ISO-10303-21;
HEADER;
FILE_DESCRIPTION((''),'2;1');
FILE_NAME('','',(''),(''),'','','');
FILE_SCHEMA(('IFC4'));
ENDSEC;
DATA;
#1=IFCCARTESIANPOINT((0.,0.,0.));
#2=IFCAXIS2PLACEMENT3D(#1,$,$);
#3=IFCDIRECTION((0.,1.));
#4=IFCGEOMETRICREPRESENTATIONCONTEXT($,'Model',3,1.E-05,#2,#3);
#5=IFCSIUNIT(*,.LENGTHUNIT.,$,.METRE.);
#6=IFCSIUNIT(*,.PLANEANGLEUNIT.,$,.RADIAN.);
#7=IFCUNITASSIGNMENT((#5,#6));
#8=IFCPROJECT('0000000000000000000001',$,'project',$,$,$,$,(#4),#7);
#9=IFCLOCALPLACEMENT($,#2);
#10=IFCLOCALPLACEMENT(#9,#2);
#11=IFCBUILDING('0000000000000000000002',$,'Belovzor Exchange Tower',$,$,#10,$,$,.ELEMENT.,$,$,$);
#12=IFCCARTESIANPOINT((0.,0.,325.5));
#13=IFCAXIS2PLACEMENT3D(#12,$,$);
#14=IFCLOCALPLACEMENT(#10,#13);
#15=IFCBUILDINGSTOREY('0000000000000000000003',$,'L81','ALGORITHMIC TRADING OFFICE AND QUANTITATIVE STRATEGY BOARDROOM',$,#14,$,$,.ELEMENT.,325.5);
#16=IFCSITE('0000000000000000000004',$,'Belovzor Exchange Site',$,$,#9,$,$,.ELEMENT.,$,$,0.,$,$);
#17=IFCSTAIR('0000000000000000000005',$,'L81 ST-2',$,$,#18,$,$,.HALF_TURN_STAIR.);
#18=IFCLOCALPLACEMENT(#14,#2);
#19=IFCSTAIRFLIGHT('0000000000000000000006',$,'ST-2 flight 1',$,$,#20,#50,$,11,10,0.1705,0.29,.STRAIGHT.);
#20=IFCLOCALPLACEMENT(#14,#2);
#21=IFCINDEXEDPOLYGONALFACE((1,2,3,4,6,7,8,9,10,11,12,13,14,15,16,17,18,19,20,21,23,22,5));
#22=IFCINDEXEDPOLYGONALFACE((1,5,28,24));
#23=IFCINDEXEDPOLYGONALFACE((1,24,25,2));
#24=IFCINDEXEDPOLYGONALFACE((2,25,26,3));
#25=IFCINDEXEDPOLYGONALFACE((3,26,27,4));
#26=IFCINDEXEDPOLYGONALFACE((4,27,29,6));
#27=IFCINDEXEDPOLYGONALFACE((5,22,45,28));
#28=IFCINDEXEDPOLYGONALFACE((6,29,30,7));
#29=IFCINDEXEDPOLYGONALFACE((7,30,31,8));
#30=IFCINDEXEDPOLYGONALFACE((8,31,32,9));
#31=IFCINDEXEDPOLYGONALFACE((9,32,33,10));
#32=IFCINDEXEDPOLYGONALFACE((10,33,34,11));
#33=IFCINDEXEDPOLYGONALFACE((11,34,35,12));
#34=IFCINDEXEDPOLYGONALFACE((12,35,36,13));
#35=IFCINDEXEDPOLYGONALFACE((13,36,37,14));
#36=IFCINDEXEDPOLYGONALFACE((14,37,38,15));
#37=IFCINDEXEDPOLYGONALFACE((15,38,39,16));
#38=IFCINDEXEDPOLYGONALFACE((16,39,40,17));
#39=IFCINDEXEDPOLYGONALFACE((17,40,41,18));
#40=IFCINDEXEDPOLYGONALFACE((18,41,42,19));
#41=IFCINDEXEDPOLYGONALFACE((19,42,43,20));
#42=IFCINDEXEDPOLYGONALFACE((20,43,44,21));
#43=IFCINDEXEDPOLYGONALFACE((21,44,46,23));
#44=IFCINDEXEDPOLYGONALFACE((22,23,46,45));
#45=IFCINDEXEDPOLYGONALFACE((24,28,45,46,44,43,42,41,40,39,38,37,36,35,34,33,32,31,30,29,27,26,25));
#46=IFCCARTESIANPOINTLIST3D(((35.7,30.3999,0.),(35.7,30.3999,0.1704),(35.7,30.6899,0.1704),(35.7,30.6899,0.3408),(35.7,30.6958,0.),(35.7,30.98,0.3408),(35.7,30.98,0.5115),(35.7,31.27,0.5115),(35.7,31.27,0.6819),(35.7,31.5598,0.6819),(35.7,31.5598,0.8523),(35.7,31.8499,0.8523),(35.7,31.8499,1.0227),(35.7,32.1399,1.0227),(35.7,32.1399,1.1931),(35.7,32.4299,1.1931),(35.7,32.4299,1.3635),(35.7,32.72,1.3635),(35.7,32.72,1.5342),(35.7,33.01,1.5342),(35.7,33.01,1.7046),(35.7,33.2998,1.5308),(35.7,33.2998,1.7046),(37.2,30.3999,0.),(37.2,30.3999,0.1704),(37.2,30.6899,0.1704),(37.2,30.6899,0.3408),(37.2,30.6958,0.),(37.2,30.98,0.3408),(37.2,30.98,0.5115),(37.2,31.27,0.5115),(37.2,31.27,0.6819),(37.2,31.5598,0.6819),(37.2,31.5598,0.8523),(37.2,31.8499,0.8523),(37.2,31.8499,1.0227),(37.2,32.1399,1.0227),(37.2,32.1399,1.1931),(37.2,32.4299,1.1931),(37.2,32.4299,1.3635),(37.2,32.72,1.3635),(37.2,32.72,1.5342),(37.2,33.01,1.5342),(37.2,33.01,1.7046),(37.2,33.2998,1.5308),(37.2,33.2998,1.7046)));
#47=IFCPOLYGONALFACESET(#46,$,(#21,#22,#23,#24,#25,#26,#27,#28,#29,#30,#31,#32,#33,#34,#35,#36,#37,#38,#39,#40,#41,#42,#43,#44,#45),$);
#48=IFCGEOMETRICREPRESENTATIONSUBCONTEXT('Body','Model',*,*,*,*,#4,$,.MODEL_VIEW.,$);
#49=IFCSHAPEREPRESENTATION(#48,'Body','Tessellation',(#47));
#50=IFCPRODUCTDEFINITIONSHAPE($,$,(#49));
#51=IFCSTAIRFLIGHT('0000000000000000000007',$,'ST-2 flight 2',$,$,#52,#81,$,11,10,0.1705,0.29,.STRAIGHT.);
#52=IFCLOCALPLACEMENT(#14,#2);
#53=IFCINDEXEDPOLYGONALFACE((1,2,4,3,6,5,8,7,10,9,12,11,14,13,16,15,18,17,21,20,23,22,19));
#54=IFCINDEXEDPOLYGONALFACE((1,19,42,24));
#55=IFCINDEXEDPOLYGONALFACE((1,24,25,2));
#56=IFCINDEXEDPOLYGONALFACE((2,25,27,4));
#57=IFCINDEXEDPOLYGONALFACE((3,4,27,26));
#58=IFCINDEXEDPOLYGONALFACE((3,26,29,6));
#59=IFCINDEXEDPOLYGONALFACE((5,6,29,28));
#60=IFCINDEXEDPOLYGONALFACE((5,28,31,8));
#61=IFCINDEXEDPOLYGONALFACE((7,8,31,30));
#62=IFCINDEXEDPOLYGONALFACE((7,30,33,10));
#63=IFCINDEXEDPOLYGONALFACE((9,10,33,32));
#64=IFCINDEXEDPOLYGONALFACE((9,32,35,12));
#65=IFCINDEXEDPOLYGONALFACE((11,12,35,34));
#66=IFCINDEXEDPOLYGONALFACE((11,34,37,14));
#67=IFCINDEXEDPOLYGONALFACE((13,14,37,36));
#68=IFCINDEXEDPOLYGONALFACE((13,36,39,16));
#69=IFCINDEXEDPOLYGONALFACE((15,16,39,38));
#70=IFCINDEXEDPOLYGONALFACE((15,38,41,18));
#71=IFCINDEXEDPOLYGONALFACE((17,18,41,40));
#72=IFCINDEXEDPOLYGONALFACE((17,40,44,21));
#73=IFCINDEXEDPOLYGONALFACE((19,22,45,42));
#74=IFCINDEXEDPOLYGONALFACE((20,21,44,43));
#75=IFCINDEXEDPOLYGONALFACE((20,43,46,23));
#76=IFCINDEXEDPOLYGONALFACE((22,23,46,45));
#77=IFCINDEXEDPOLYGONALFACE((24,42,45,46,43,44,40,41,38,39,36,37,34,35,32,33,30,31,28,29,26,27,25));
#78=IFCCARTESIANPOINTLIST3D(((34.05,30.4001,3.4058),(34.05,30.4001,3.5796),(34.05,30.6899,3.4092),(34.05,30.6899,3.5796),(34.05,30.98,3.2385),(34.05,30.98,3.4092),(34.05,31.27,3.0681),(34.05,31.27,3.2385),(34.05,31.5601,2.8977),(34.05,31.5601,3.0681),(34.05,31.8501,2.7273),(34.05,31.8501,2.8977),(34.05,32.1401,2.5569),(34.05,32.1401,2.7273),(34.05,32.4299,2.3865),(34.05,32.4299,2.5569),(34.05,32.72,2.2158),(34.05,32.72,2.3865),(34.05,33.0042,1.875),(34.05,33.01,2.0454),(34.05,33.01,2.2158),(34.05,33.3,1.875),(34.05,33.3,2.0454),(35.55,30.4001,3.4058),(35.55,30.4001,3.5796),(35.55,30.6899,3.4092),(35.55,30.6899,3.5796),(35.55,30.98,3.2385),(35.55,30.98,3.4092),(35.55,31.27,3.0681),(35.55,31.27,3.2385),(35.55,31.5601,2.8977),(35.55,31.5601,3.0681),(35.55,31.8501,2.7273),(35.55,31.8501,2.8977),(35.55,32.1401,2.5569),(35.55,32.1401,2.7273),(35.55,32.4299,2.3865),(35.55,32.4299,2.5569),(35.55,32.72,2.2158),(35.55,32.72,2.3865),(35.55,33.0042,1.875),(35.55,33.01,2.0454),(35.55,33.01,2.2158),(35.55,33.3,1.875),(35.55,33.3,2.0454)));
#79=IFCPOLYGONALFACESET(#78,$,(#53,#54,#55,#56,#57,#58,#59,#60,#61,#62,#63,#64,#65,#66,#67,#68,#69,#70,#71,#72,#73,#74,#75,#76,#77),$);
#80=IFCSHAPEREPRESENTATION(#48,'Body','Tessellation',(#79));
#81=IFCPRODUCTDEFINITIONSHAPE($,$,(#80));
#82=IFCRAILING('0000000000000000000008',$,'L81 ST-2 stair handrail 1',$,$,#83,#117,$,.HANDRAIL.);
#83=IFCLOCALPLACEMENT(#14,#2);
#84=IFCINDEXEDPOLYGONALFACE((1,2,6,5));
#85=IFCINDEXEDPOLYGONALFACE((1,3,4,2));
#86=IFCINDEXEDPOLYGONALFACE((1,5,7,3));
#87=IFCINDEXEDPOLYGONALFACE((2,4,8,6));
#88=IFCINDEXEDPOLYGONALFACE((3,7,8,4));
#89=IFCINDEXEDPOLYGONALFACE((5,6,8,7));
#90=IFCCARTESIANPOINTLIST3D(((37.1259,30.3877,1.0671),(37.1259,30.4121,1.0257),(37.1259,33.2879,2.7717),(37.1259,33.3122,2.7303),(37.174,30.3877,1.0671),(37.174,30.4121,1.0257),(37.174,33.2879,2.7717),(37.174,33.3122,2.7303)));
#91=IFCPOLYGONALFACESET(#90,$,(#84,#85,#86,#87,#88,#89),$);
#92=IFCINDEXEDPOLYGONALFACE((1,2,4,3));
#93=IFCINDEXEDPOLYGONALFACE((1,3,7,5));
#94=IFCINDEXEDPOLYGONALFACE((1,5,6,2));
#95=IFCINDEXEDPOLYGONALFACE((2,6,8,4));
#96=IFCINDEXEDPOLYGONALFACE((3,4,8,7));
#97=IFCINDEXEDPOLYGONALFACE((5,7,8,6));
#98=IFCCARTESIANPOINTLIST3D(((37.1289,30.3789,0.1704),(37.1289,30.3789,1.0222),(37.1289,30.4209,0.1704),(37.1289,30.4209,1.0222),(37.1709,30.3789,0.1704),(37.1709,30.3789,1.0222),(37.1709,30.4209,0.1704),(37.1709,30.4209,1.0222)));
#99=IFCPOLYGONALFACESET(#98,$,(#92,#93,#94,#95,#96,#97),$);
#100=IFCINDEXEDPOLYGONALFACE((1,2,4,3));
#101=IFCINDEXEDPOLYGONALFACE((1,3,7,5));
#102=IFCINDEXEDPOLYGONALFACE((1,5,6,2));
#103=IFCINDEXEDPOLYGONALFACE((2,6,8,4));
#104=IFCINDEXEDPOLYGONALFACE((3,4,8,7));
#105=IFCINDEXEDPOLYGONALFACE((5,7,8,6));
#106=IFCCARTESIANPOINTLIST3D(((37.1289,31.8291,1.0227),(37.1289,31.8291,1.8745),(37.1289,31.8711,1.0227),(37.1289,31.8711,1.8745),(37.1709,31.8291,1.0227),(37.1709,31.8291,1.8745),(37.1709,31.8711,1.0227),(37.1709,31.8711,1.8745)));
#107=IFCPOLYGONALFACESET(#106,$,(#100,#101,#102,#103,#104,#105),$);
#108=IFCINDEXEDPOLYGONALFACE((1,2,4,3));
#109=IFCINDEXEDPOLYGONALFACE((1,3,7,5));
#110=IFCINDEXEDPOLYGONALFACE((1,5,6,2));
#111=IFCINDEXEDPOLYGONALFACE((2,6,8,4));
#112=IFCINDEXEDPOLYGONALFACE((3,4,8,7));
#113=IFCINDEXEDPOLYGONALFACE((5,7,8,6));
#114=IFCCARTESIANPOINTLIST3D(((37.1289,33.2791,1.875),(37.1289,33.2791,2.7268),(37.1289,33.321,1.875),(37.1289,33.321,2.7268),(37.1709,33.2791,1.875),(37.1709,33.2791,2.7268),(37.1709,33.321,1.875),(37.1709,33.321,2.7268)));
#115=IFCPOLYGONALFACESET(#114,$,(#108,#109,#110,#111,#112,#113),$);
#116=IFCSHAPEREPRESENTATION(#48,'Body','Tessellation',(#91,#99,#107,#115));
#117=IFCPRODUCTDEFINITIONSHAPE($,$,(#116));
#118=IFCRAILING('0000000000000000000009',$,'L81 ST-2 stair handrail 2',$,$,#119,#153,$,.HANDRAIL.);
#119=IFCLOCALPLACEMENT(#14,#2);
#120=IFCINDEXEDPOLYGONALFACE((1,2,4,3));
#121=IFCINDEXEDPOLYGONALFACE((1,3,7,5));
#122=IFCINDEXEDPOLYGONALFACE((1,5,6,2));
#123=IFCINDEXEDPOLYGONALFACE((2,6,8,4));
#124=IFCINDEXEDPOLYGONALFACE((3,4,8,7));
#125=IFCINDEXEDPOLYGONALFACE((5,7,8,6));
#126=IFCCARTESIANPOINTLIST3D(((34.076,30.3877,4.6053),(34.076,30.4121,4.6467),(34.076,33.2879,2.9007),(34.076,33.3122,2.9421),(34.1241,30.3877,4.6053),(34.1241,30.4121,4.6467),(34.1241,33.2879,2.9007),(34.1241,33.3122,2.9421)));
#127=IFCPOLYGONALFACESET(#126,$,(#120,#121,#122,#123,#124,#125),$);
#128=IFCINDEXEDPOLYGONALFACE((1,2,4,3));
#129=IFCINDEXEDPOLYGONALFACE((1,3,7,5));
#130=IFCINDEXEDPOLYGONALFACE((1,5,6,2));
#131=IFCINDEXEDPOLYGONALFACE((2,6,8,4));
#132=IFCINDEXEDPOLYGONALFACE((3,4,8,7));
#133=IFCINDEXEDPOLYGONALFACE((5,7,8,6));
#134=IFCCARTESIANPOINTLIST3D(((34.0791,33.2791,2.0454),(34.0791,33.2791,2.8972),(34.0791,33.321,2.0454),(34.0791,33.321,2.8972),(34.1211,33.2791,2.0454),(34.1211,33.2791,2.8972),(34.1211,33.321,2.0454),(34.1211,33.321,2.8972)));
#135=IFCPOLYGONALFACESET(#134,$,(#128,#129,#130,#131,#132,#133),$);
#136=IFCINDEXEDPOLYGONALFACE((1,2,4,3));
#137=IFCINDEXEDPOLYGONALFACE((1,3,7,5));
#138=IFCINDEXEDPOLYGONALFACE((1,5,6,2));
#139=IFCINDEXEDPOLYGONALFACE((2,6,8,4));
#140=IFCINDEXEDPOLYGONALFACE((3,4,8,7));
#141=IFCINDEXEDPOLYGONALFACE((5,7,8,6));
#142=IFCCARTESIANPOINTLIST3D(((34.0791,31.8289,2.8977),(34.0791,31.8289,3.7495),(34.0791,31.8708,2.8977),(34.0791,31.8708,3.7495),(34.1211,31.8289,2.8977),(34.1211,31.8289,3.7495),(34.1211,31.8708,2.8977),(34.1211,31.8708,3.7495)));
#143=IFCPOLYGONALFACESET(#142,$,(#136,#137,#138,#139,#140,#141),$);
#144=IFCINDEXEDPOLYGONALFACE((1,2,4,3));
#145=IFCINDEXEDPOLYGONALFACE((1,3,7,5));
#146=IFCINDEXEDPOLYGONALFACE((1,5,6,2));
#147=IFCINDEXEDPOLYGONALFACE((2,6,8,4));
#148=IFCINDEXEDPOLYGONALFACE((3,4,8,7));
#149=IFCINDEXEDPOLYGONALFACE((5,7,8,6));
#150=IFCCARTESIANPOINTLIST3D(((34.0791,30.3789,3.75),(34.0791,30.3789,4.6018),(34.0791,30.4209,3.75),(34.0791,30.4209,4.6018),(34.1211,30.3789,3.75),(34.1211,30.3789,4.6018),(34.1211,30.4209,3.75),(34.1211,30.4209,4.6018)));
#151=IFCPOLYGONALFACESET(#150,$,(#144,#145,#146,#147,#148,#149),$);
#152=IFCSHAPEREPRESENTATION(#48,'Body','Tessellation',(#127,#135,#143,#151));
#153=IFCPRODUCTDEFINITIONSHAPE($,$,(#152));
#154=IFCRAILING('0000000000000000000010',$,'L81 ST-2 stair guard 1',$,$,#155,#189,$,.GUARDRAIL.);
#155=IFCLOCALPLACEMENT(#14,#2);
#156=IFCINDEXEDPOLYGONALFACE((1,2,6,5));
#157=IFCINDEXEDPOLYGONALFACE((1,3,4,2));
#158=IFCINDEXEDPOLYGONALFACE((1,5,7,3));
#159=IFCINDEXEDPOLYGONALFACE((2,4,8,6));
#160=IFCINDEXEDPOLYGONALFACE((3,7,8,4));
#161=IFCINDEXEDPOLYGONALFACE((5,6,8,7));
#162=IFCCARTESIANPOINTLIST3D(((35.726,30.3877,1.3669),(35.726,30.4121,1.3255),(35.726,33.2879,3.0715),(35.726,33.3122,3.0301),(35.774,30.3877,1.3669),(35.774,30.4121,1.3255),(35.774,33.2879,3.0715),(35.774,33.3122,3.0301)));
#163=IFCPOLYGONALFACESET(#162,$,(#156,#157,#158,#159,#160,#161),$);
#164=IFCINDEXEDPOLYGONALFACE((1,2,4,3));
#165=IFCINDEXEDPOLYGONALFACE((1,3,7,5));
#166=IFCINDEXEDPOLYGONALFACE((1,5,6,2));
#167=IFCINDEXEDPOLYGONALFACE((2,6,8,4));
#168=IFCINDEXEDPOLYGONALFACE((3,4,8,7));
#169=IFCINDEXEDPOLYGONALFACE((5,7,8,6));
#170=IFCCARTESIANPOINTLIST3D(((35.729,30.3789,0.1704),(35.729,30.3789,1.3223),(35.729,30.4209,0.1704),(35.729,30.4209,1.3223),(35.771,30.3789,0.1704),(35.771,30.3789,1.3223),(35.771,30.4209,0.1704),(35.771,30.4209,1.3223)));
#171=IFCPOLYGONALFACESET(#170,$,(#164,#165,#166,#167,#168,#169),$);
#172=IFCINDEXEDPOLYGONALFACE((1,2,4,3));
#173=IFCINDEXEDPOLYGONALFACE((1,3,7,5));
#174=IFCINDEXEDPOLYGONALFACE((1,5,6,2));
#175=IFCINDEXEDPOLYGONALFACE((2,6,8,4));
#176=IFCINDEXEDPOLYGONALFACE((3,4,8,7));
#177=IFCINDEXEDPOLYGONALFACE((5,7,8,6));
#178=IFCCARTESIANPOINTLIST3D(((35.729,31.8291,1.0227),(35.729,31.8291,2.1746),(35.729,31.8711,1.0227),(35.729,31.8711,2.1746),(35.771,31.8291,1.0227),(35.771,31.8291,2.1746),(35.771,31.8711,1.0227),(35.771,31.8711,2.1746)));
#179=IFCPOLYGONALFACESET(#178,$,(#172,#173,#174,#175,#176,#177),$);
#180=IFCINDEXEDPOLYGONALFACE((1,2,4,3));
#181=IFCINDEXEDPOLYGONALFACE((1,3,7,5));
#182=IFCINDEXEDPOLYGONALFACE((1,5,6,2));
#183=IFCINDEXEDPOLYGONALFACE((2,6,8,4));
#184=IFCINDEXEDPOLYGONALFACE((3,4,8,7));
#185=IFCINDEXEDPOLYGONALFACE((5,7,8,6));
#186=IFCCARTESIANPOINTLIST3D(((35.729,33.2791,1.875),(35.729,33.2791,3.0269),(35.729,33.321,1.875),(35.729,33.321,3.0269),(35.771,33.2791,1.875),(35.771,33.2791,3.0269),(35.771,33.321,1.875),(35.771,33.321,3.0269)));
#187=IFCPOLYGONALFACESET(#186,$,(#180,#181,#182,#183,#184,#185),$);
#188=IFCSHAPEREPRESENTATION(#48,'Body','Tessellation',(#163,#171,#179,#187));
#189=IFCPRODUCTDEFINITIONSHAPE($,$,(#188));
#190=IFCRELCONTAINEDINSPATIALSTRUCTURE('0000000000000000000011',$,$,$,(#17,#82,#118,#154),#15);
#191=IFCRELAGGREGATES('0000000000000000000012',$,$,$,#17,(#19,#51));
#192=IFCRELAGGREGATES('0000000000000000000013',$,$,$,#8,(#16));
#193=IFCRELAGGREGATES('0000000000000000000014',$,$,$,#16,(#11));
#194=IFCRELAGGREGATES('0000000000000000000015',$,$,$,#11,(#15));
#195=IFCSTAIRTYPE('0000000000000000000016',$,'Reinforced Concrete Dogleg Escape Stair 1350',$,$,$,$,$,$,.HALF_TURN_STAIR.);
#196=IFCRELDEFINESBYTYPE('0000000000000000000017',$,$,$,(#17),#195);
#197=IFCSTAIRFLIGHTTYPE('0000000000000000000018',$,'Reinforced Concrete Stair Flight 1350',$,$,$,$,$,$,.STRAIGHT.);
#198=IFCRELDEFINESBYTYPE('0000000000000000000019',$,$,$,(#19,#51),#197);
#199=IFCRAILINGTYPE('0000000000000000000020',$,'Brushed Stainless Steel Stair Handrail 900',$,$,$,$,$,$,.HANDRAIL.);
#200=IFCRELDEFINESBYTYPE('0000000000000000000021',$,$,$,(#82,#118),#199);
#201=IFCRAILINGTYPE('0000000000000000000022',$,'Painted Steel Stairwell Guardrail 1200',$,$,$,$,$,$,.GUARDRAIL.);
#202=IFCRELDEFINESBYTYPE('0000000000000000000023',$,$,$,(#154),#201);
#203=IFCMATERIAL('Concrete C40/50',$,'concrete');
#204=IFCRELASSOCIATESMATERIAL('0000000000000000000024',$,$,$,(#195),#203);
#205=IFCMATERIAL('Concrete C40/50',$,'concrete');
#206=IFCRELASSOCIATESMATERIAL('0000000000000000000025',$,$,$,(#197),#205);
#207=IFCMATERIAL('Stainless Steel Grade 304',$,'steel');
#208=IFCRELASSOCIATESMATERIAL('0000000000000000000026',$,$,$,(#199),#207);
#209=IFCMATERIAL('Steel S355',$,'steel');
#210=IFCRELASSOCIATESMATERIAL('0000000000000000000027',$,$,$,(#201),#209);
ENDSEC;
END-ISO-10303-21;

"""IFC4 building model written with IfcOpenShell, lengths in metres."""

from ifc_helpers import new_model, si_unit, direction, frame, origin, origin_2d, place, context, subcontext, project, spatial, polyline, rectangle, outline, extrude, material, type_object, element, aggregate, save


model = new_model("IFC4")

# Units and contexts
model_context = context("Model", 3, precision=1e-05, world=origin(), true_north=direction((0.0, 1.0)))
body_context = subcontext(model_context, "Body", "Model", "MODEL_VIEW")
ifc_project = project(units=[si_unit("LENGTHUNIT", "METRE"), si_unit("PLANEANGLEUNIT", "RADIAN")], contexts=[model_context])

# Site, building, storey
site_placement = place(None, origin())
site = spatial("IfcSite", under=ifc_project, at=site_placement, Name="Belovzor Exchange Site", CompositionType="ELEMENT", RefElevation=0.0)
building_placement = place(site_placement, origin())
building = spatial("IfcBuilding", under=site, at=building_placement, Name="Belovzor Exchange Tower", CompositionType="ELEMENT")
storey_placement = place(building_placement, frame((0.0, 0.0, 325.5)))
storey = spatial("IfcBuildingStorey", under=building, at=storey_placement, Name="L81", Description="ALGORITHMIC TRADING OFFICE AND QUANTITATIVE STRATEGY BOARDROOM", CompositionType="ELEMENT", Elevation=325.5)

# Stair, stair flights
ifc_material_1 = material(Name="Concrete C40/50", Category="concrete")
stair_type = type_object("IfcStairType", Name="Reinforced Concrete Dogleg Escape Stair 1350", PredefinedType="HALF_TURN_STAIR", material=ifc_material_1)
stair_placement = place(storey_placement, origin())
stair = element("IfcStair", 1, at=stair_placement, inside=storey, type_object=stair_type, Name="L81 ST-2", PredefinedType="HALF_TURN_STAIR")
ifc_material_2 = material(Name="Concrete C40/50", Category="concrete")
stair_flight_type = type_object("IfcStairFlightType", Name="Reinforced Concrete Stair Flight 1350", PredefinedType="STRAIGHT", material=ifc_material_2)
stair_flight_1_placement = place(storey_placement, frame((36.45, 30.3999, 0.0), z_axis=(0.0, 0.0, 1.0), x_axis=(0.0, 1.0, 0.0)))
stair_flight_1 = element("IfcStairFlight", 2, at=stair_flight_1_placement, type_object=stair_flight_type, Name="ST-2 flight 1", NumberOfRisers=11, NumberOfTreads=10, PredefinedType="STRAIGHT", RiserHeight=0.1705, TreadLength=0.29, context=body_context, shape_type="SweptSolid", body=[
    extrude(outline(polyline([(0.0, 0.0), (0.0, 0.1704), (0.29, 0.1704), (0.29, 0.3408), (0.5801, 0.3408), (0.5801, 0.5115), (0.8701, 0.5115), (0.8701, 0.6819), (1.1599, 0.6819), (1.1599, 0.8523), (1.45, 0.8523), (1.45, 1.0227), (1.74, 1.0227), (1.74, 1.1931), (2.03, 1.1931), (2.03, 1.3635), (2.3201, 1.3635), (2.3201, 1.5342), (2.6101, 1.5342), (2.6101, 1.7046), (2.8999, 1.7046), (2.8999, 1.875), (2.8999, 1.5308), (0.2959, 0.0), (0.0, 0.0)])), frame((0.0, 0.75, 0.0), z_axis=(0.0, -1.0, 0.0), x_axis=(1.0, 0.0, 0.0)), (0.0, 0.0, 1.0), 1.5),
])
stair_flight_2_placement = place(storey_placement, frame((34.8, 33.3, 1.875), z_axis=(0.0, 0.0, 1.0), x_axis=(0.0, -1.0, 0.0)))
stair_flight_2 = element("IfcStairFlight", 3, at=stair_flight_2_placement, type_object=stair_flight_type, Name="ST-2 flight 2", NumberOfRisers=11, NumberOfTreads=10, PredefinedType="STRAIGHT", RiserHeight=0.1705, TreadLength=0.29, context=body_context, shape_type="SweptSolid", body=[
    extrude(outline(polyline([(0.0, 0.0), (0.0, 0.1704), (0.29, 0.1704), (0.29, 0.3408), (0.5801, 0.3408), (0.5801, 0.5115), (0.8701, 0.5115), (0.8701, 0.6819), (1.1599, 0.6819), (1.1599, 0.8523), (1.45, 0.8523), (1.45, 1.0227), (1.74, 1.0227), (1.74, 1.1931), (2.03, 1.1931), (2.03, 1.3635), (2.3201, 1.3635), (2.3201, 1.5342), (2.6101, 1.5342), (2.6101, 1.7046), (2.8999, 1.7046), (2.8999, 1.875), (2.8999, 1.5308), (0.2959, 0.0), (0.0, 0.0)])), frame((0.0, 0.75, 0.0), z_axis=(0.0, -1.0, 0.0), x_axis=(1.0, 0.0, 0.0)), (0.0, 0.0, 1.0), 1.5),
])
aggregate(stair, [stair_flight_1, stair_flight_2])

# Railings
ifc_material_3 = material(Name="Stainless Steel Grade 304", Category="steel")
railing_type_1 = type_object("IfcRailingType", Name="Brushed Stainless Steel Stair Handrail 900", PredefinedType="HANDRAIL", material=ifc_material_3)
railing_1_placement = place(storey_placement, frame((37.1499, 30.3999, 0.1704)))
element("IfcRailing", 4, at=railing_1_placement, inside=storey, type_object=railing_type_1, Name="L81 ST-2 stair handrail 1", PredefinedType="HANDRAIL", context=body_context, shape_type="SweptSolid", body=[
    extrude(rectangle(XDim=0.0481, YDim=0.0481, at=origin_2d()), frame((0.0, 0.0, 0.876), z_axis=(0.0, 0.862113, 0.506716), x_axis=(-1.0, 0.0, 0.0)), (0.0, 0.0, 1.0), 3.364),
    extrude(rectangle(XDim=0.042, YDim=0.042, at=origin_2d()), origin(), (0.0, 0.0, 1.0), 0.8518),
    extrude(rectangle(XDim=0.042, YDim=0.042, at=origin_2d()), frame((0.0, 1.4502, 0.8523)), (0.0, 0.0, 1.0), 0.8518),
    extrude(rectangle(XDim=0.042, YDim=0.042, at=origin_2d()), frame((0.0, 2.9001, 1.7046)), (0.0, 0.0, 1.0), 0.8518),
])
railing_2_placement = place(storey_placement, frame((34.1001, 33.3, 2.0454)))
element("IfcRailing", 5, at=railing_2_placement, inside=storey, type_object=railing_type_1, Name="L81 ST-2 stair handrail 2", PredefinedType="HANDRAIL", context=body_context, shape_type="SweptSolid", body=[
    extrude(rectangle(XDim=0.0481, YDim=0.0481, at=origin_2d()), frame((0.0, 0.0, 0.876), z_axis=(0.0, -0.862113, 0.506716), x_axis=(1.0, 0.0, 0.0)), (0.0, 0.0, 1.0), 3.364),
    extrude(rectangle(XDim=0.042, YDim=0.042, at=origin_2d()), origin(), (0.0, 0.0, 1.0), 0.8518),
    extrude(rectangle(XDim=0.042, YDim=0.042, at=origin_2d()), frame((0.0, -1.4502, 0.8523)), (0.0, 0.0, 1.0), 0.8518),
    extrude(rectangle(XDim=0.042, YDim=0.042, at=origin_2d()), frame((0.0, -2.9001, 1.7046)), (0.0, 0.0, 1.0), 0.8518),
])
ifc_material_4 = material(Name="Steel S355", Category="steel")
railing_type_2 = type_object("IfcRailingType", Name="Painted Steel Stairwell Guardrail 1200", PredefinedType="GUARDRAIL", material=ifc_material_4)
railing_3_placement = place(storey_placement, frame((35.75, 30.3999, 0.1704)))
element("IfcRailing", 6, at=railing_3_placement, inside=storey, type_object=railing_type_2, Name="L81 ST-2 stair guard 1", PredefinedType="GUARDRAIL", context=body_context, shape_type="SweptSolid", body=[
    extrude(rectangle(XDim=0.0481, YDim=0.0481, at=origin_2d()), frame((0.0, 0.0, 1.1758), z_axis=(0.0, 0.862113, 0.506716), x_axis=(-1.0, 0.0, 0.0)), (0.0, 0.0, 1.0), 3.364),
    extrude(rectangle(XDim=0.042, YDim=0.042, at=origin_2d()), origin(), (0.0, 0.0, 1.0), 1.1519),
    extrude(rectangle(XDim=0.042, YDim=0.042, at=origin_2d()), frame((0.0, 1.4502, 0.8523)), (0.0, 0.0, 1.0), 1.1519),
    extrude(rectangle(XDim=0.042, YDim=0.042, at=origin_2d()), frame((0.0, 2.9001, 1.7046)), (0.0, 0.0, 1.0), 1.1519),
])

save(model, "model.ifc")
